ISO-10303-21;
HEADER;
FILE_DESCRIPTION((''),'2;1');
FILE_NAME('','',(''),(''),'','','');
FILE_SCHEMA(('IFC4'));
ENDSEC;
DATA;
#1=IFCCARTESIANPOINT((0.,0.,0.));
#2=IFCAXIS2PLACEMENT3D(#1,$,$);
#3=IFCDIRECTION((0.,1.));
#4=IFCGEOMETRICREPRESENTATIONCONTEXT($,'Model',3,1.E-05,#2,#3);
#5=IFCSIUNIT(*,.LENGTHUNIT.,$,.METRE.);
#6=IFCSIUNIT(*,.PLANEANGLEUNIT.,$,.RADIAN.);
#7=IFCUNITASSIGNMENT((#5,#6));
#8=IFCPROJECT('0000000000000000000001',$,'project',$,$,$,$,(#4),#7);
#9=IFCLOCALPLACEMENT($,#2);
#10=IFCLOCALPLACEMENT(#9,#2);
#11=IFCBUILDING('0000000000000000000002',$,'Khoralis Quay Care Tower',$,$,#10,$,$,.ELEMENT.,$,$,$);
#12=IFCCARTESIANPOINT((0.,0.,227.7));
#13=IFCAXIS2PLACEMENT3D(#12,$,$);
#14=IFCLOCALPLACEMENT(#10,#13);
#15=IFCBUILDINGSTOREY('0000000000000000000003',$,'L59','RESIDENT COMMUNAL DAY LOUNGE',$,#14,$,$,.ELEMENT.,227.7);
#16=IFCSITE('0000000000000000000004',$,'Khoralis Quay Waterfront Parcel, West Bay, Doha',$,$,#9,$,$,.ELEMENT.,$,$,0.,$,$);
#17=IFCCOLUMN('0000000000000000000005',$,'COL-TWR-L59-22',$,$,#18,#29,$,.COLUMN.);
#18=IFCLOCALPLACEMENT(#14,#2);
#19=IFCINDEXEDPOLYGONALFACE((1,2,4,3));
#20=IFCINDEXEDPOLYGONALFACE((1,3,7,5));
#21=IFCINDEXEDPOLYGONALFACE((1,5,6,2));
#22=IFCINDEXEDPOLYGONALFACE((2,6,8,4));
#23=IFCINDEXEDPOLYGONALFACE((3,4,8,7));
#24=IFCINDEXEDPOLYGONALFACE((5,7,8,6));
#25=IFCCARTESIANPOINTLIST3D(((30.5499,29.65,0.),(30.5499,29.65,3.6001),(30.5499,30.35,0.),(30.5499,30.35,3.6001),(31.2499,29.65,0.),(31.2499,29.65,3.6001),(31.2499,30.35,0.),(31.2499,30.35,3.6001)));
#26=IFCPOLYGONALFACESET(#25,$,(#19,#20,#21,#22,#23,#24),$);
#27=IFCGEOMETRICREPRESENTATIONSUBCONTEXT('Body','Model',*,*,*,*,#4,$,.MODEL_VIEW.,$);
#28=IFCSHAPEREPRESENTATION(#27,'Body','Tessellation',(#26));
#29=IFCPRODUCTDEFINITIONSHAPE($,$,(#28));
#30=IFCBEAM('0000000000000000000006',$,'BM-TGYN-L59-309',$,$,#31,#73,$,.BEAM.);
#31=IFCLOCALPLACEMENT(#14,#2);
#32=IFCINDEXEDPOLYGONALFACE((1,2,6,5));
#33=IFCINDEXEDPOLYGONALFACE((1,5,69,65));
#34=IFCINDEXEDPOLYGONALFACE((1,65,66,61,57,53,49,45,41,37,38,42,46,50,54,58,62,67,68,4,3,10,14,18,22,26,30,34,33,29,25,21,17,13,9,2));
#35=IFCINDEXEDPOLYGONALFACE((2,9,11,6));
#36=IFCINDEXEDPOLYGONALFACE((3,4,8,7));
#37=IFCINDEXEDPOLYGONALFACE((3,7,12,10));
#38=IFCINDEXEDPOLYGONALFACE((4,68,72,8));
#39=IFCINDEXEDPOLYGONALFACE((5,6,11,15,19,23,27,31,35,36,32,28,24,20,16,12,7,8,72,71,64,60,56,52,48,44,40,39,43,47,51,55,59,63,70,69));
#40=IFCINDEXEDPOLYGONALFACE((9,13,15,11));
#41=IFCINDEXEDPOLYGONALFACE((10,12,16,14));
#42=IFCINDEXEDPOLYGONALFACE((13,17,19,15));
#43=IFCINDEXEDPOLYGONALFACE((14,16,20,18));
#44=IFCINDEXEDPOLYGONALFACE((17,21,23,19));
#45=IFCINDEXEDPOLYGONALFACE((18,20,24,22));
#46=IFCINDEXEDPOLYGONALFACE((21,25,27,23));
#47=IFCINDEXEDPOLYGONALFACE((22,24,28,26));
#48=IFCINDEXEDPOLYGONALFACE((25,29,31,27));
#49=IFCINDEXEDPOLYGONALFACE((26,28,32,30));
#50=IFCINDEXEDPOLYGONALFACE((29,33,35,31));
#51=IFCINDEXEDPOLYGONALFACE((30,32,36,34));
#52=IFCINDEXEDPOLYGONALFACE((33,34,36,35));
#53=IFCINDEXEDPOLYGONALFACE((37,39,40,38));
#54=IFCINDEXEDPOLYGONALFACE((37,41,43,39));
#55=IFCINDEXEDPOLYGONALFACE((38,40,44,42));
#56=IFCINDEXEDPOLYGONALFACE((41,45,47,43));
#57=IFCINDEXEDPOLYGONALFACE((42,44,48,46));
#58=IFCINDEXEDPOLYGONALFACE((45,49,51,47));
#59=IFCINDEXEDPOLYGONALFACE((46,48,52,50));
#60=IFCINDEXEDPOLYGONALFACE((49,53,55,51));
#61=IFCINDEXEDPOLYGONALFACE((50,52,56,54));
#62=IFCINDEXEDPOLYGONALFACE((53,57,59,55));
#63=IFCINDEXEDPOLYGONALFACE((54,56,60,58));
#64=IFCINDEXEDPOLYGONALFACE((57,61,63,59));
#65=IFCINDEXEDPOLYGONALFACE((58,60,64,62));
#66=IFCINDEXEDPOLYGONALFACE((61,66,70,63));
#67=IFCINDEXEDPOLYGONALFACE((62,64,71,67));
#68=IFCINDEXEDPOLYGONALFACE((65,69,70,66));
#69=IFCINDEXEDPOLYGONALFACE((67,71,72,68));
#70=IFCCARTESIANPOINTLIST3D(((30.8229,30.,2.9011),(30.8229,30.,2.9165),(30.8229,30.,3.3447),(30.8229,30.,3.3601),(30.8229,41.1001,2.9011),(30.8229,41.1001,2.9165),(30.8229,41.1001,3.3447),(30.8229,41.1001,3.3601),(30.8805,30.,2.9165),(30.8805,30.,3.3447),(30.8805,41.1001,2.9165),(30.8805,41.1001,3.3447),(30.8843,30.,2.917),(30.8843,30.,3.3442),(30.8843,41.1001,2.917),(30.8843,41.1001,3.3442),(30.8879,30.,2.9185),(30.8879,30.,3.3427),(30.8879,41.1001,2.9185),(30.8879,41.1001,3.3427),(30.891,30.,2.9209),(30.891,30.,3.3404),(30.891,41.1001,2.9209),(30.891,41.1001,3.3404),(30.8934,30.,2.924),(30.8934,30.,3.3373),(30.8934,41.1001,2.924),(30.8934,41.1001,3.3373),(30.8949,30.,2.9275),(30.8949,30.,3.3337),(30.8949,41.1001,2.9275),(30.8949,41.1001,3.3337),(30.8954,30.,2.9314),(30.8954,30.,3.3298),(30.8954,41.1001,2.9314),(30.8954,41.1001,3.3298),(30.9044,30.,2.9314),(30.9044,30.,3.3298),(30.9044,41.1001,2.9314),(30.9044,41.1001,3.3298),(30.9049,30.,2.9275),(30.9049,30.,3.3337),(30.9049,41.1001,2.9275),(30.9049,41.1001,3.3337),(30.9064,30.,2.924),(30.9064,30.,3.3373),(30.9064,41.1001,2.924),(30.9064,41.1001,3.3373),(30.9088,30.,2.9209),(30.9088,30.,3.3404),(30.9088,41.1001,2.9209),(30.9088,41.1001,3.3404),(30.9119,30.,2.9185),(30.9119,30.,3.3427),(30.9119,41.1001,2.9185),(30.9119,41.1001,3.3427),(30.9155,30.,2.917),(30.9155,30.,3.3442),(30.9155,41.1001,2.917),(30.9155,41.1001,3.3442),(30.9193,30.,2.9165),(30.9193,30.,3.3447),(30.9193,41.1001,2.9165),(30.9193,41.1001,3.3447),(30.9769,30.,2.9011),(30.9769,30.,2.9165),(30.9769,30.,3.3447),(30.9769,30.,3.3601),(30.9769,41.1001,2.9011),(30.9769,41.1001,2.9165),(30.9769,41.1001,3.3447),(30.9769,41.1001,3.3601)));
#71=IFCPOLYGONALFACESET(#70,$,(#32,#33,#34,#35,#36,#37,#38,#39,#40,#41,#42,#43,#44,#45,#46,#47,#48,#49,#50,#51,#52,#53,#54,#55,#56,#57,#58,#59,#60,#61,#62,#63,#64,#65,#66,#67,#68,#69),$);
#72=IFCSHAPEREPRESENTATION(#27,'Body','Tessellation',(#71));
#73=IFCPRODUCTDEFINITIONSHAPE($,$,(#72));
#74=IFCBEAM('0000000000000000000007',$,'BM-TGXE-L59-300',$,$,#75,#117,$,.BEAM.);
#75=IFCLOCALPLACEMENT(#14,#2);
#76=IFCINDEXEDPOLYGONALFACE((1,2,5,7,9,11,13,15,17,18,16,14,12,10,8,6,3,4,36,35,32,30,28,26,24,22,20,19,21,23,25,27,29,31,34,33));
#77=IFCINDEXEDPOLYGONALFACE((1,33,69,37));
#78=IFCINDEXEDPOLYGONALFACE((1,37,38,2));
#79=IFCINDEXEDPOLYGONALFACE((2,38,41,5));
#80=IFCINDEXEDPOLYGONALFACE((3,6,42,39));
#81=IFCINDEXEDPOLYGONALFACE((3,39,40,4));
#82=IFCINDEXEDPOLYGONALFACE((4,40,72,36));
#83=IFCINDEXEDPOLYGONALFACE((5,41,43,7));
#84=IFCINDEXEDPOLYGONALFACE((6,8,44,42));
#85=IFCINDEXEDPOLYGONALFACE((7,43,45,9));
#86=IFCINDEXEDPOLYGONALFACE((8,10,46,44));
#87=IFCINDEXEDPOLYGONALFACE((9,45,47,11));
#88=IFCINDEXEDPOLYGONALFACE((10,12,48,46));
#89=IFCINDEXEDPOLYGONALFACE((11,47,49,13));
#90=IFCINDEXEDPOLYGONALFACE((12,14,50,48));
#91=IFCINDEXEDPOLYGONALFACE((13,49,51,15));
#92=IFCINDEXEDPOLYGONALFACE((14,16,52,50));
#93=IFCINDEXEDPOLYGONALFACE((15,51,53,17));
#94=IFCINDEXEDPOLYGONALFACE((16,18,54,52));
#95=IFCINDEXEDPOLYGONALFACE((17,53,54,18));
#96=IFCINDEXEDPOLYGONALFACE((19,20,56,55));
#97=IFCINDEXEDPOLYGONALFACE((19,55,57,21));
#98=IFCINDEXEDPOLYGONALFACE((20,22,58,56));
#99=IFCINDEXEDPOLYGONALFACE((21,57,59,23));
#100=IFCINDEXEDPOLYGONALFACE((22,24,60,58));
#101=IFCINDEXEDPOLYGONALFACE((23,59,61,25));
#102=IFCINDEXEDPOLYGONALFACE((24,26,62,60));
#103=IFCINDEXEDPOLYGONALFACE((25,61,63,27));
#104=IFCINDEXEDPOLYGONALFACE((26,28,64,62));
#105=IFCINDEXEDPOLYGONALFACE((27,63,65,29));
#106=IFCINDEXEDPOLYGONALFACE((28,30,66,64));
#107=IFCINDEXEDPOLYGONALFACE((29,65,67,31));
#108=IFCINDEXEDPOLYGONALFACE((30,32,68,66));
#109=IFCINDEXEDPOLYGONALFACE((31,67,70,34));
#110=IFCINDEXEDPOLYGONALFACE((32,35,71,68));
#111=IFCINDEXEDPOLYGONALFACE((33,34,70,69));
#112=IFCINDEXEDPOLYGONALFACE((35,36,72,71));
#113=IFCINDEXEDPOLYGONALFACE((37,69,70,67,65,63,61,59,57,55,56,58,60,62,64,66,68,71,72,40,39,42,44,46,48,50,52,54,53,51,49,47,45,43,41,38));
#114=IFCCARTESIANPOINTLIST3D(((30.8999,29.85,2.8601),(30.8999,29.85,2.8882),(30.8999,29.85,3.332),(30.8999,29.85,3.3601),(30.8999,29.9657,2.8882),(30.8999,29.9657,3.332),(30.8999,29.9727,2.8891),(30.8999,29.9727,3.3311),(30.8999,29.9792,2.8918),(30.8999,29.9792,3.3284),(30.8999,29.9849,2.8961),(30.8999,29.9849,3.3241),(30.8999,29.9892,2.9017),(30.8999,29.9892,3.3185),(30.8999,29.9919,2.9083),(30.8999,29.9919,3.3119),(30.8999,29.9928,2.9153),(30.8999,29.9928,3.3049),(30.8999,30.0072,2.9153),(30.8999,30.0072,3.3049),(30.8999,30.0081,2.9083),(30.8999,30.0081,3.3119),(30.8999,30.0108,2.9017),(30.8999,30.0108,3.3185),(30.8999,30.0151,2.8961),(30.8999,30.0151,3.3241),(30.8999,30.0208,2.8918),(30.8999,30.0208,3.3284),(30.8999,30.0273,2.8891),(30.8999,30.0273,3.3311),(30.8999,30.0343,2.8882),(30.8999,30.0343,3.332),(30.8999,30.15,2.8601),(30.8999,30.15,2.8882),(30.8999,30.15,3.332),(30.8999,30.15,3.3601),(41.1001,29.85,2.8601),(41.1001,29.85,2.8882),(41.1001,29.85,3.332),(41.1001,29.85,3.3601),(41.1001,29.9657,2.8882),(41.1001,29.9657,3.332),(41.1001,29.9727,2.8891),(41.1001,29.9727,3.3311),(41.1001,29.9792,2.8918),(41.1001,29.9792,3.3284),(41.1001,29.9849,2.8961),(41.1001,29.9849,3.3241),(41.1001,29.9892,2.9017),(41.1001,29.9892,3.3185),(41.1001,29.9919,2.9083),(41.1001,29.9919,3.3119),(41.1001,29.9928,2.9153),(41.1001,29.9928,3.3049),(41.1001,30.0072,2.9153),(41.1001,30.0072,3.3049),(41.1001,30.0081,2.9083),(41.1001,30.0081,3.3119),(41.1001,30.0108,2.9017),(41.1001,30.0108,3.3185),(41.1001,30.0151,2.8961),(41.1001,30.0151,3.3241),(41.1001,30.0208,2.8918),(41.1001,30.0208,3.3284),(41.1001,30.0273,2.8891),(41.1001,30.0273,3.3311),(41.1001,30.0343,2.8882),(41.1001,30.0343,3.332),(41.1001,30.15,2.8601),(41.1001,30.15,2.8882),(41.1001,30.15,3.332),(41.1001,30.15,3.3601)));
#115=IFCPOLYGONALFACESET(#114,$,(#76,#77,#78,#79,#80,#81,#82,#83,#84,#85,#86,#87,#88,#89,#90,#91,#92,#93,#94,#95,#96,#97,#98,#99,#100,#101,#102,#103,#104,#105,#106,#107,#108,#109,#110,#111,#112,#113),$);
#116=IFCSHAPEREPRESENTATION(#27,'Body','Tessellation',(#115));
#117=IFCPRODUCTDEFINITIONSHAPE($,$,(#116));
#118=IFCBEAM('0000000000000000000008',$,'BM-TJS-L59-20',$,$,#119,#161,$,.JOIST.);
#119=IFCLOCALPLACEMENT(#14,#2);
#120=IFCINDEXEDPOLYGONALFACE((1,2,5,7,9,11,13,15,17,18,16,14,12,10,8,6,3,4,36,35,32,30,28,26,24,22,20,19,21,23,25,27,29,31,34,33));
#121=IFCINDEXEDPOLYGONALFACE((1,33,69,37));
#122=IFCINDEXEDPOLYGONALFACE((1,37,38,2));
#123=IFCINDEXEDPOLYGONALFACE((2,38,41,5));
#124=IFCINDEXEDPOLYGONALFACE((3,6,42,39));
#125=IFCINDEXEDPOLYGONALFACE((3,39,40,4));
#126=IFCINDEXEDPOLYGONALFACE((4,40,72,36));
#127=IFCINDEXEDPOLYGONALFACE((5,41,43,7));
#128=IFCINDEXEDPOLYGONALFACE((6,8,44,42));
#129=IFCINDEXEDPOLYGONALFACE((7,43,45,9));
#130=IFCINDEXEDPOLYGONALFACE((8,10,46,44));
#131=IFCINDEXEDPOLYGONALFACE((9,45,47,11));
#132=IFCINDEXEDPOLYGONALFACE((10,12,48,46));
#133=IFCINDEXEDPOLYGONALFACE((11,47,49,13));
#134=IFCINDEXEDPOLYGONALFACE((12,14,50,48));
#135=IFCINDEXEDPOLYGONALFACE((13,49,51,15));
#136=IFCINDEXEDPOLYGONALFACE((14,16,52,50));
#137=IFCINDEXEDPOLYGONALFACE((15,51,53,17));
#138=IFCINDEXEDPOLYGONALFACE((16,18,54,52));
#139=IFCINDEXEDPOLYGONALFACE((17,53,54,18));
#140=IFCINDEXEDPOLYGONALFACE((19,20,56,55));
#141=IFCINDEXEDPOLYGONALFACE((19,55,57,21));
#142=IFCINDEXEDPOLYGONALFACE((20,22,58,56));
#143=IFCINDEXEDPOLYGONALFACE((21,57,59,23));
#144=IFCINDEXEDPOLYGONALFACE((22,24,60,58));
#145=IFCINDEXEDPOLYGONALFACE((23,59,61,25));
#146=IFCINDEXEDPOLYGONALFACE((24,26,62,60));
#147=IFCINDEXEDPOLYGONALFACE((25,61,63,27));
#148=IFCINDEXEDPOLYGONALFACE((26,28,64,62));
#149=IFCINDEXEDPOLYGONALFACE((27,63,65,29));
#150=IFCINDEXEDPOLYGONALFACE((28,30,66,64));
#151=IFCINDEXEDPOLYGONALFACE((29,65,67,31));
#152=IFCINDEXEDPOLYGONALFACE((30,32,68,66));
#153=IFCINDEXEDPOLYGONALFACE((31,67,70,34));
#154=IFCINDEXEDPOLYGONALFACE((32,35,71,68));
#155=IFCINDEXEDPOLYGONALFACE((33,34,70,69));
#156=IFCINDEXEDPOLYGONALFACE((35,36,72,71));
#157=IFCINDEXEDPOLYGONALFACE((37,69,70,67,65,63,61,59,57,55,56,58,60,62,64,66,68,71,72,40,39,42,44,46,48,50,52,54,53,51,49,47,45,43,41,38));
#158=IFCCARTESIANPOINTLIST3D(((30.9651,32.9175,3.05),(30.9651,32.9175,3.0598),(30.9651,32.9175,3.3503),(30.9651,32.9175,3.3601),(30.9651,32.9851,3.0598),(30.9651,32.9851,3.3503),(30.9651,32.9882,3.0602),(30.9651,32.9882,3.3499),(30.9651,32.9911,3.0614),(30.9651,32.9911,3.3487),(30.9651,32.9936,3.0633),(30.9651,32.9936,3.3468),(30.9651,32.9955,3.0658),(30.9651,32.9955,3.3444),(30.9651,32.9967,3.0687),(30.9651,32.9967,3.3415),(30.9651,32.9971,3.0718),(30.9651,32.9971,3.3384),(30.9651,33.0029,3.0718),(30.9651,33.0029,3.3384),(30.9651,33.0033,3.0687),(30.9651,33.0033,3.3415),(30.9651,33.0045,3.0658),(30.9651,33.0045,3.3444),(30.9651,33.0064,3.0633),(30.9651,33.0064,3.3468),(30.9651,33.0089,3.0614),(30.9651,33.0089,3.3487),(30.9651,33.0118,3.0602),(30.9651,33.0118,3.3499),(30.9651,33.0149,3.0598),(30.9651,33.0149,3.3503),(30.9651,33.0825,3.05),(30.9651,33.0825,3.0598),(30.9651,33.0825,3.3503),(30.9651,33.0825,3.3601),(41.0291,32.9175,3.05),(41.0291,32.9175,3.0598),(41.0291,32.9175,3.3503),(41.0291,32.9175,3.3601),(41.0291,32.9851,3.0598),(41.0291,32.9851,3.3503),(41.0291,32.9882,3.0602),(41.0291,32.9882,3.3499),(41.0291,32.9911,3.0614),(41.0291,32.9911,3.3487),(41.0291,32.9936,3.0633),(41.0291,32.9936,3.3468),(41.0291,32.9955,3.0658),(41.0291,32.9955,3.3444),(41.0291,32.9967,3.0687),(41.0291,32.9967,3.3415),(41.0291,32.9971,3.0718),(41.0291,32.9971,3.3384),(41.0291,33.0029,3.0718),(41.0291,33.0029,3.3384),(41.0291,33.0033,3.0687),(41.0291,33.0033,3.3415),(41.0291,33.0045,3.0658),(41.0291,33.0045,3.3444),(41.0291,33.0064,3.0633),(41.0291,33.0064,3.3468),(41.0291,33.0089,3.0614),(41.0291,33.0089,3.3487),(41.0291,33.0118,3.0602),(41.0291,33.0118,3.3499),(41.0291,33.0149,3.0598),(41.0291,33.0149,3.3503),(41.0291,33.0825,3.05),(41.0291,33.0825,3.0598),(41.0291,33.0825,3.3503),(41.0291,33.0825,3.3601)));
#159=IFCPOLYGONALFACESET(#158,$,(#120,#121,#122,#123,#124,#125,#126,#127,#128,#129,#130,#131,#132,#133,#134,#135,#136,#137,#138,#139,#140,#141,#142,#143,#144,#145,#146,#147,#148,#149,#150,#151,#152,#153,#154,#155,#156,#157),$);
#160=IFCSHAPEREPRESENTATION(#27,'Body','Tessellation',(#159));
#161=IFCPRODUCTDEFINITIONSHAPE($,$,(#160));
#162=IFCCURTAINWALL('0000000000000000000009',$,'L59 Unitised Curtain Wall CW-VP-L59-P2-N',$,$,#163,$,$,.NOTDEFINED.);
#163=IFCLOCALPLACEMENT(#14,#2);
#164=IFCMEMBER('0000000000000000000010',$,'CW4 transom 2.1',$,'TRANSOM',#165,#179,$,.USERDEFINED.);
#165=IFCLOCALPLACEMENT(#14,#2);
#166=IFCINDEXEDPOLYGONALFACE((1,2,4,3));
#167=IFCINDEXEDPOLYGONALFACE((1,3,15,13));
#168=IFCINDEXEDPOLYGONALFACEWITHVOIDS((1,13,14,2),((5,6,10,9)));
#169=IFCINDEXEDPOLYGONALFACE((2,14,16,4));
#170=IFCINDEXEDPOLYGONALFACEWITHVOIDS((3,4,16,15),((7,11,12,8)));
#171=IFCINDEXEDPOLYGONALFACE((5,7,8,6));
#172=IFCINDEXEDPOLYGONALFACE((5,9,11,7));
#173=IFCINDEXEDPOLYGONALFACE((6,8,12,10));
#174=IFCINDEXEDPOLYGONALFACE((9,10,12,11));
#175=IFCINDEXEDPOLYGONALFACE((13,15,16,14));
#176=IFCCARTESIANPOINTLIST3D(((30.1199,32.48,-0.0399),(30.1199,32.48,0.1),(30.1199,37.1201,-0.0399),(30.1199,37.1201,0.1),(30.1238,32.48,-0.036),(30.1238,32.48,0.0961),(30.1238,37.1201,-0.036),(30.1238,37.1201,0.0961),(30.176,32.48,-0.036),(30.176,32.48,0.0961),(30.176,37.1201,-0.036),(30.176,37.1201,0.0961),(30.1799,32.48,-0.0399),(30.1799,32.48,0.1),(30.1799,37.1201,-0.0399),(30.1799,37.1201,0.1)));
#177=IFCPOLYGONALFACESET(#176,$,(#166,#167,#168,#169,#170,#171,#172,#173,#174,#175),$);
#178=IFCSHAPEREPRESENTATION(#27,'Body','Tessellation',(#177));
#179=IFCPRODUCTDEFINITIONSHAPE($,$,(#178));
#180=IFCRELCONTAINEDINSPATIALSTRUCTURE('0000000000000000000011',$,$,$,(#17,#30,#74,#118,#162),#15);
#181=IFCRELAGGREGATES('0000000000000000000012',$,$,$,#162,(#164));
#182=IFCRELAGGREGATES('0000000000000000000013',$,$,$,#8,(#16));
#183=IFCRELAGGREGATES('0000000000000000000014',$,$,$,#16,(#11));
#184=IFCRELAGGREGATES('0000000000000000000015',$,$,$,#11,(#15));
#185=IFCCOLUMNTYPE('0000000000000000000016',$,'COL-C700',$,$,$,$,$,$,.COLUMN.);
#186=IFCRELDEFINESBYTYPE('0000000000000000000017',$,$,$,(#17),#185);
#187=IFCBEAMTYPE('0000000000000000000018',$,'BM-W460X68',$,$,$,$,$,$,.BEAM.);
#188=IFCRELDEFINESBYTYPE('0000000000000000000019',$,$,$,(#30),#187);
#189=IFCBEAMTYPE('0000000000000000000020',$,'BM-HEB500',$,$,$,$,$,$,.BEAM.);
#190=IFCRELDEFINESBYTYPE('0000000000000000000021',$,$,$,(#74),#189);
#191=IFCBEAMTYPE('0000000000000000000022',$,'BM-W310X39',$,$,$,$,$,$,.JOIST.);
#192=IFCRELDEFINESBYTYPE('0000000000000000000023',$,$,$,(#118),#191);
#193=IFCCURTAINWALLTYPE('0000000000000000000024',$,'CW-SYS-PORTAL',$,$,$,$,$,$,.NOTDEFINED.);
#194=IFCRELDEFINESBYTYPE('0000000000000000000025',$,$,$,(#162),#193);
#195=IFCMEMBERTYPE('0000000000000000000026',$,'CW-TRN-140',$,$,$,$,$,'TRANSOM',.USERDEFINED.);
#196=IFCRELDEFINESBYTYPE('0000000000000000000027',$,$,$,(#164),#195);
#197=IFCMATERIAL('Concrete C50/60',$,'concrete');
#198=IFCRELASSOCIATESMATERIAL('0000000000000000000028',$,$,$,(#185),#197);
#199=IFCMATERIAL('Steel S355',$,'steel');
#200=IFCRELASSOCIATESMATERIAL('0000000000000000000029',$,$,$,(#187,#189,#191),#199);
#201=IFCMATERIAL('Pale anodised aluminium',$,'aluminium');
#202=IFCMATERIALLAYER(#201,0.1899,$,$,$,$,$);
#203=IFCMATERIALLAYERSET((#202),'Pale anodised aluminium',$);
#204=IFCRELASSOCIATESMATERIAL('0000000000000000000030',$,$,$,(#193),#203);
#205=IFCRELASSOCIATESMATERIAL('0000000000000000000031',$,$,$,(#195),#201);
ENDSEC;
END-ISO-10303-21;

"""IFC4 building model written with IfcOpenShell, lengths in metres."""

from ifc_helpers import new_model, si_unit, direction, frame, origin, origin_2d, place, context, subcontext, project, spatial, rectangle, hollow_rectangle, i_section, extrude, source, transform, mapped, material, layer, layer_set, material_profile, profile_set, type_object, element, aggregate, save


model = new_model("IFC4")

# Units and contexts
model_context = context("Model", 3, precision=1e-05, world=origin(), true_north=direction((0.0, 1.0)))
body_context = subcontext(model_context, "Body", "Model", "MODEL_VIEW")
ifc_project = project(units=[si_unit("LENGTHUNIT", "METRE"), si_unit("PLANEANGLEUNIT", "RADIAN")], contexts=[model_context])

# Site, building, storey
site_placement = place(None, origin())
site = spatial("IfcSite", under=ifc_project, at=site_placement, Name="Khoralis Quay Waterfront Parcel, West Bay, Doha", CompositionType="ELEMENT", RefElevation=0.0)
building_placement = place(site_placement, origin())
building = spatial("IfcBuilding", under=site, at=building_placement, Name="Khoralis Quay Care Tower", CompositionType="ELEMENT")
storey_placement = place(building_placement, frame((0.0, 0.0, 227.7)))
storey = spatial("IfcBuildingStorey", under=building, at=storey_placement, Name="L59", Description="RESIDENT COMMUNAL DAY LOUNGE", CompositionType="ELEMENT", Elevation=227.7)

# Column
ifc_material_1 = material(Name="Concrete C50/60", Category="concrete")
ifc_material_profile_1 = material_profile(ifc_material_1, rectangle(XDim=0.7, YDim=0.7, at=origin_2d()), Name="Concrete C50/60")
ifc_profile_set_1 = profile_set([ifc_material_profile_1], Name="Concrete C50/60")
column_type = type_object("IfcColumnType", Name="COL-C700", PredefinedType="COLUMN", material=ifc_profile_set_1)
shared_shape_1 = source(origin(), body_context, "Body", "SweptSolid", [
    extrude(rectangle(XDim=0.7, YDim=0.7, at=origin_2d()), origin(), (0.0, 0.0, 1.0), 3.6001),
])
column_placement = place(storey_placement, frame((30.8999, 30.0, 0.0), z_axis=(0.0, 0.0, 1.0), x_axis=(1.0, 0.0, 0.0)))
element("IfcColumn", 1, at=column_placement, inside=storey, type_object=column_type, Name="COL-TWR-L59-22", PredefinedType="COLUMN", context=body_context, shape_type="MappedRepresentation", body=[
    mapped(shared_shape_1, transform((0.0, 0.0, 0.0), scale=1.0)),
])

# Beams
ifc_material_2 = material(Name="Steel S355", Category="steel")
ifc_material_profile_2 = material_profile(ifc_material_2, i_section(OverallWidth=0.1541, OverallDepth=0.459, WebThickness=0.009, FlangeThickness=0.0154, FilletRadius=0.0149, at=origin_2d()), Name="Steel S355")
ifc_profile_set_2 = profile_set([ifc_material_profile_2], Name="Steel S355")
beam_type_1 = type_object("IfcBeamType", Name="BM-W460X68", PredefinedType="BEAM", material=ifc_profile_set_2)
shared_shape_2 = source(origin(), body_context, "Body", "SweptSolid", [
    extrude(i_section(OverallWidth=0.1541, OverallDepth=0.459, WebThickness=0.009, FlangeThickness=0.0154, FilletRadius=0.0149, at=origin_2d()), origin(), (0.0, 0.0, 1.0), 11.1001),
])
beam_1_placement = place(storey_placement, frame((30.8999, 30.0, 3.1306), z_axis=(0.0, 1.0, 0.0), x_axis=(-1.0, 0.0, 0.0)))
element("IfcBeam", 2, at=beam_1_placement, inside=storey, type_object=beam_type_1, Name="BM-TGYN-L59-309", PredefinedType="BEAM", context=body_context, shape_type="MappedRepresentation", body=[
    mapped(shared_shape_2, transform((0.0, 0.0, 0.0), scale=1.0)),
])
ifc_material_profile_3 = material_profile(ifc_material_2, i_section(OverallWidth=0.3, OverallDepth=0.5, WebThickness=0.0144, FlangeThickness=0.0281, FilletRadius=0.0271, at=origin_2d()), Name="Steel S355")
ifc_profile_set_3 = profile_set([ifc_material_profile_3], Name="Steel S355")
beam_type_2 = type_object("IfcBeamType", Name="BM-HEB500", PredefinedType="BEAM", material=ifc_profile_set_3)
shared_shape_3 = source(origin(), body_context, "Body", "SweptSolid", [
    extrude(i_section(OverallWidth=0.3, OverallDepth=0.5, WebThickness=0.0144, FlangeThickness=0.0281, FilletRadius=0.0271, at=origin_2d()), origin(), (0.0, 0.0, 1.0), 10.2002),
])
beam_2_placement = place(storey_placement, frame((30.8999, 30.0, 3.1101), z_axis=(1.0, 0.0, 0.0), x_axis=(0.0, 1.0, 0.0)))
element("IfcBeam", 3, at=beam_2_placement, inside=storey, type_object=beam_type_2, Name="BM-TGXE-L59-300", PredefinedType="BEAM", context=body_context, shape_type="MappedRepresentation", body=[
    mapped(shared_shape_3, transform((0.0, 0.0, 0.0), scale=1.0)),
])
ifc_material_profile_4 = material_profile(ifc_material_2, i_section(OverallWidth=0.165, OverallDepth=0.3101, WebThickness=0.0059, FlangeThickness=0.0098, FilletRadius=0.012, at=origin_2d()), Name="Steel S355")
ifc_profile_set_4 = profile_set([ifc_material_profile_4], Name="Steel S355")
beam_type_3 = type_object("IfcBeamType", Name="BM-W310X39", PredefinedType="JOIST", material=ifc_profile_set_4)
shared_shape_4 = source(origin(), body_context, "Body", "SweptSolid", [
    extrude(i_section(OverallWidth=0.165, OverallDepth=0.3101, WebThickness=0.0059, FlangeThickness=0.0098, FilletRadius=0.012, at=origin_2d()), origin(), (0.0, 0.0, 1.0), 10.064),
])
beam_3_placement = place(storey_placement, frame((30.9651, 33.0, 3.2051), z_axis=(1.0, 0.0, 0.0), x_axis=(0.0, 1.0, 0.0)))
element("IfcBeam", 4, at=beam_3_placement, inside=storey, type_object=beam_type_3, Name="BM-TJS-L59-20", PredefinedType="JOIST", context=body_context, shape_type="MappedRepresentation", body=[
    mapped(shared_shape_4, transform((0.0, 0.0, 0.0), scale=1.0)),
])

# Curtain wall, member
ifc_material_3 = material(Name="Pale anodised aluminium", Category="aluminium")
ifc_layer_1 = layer(ifc_material_3, 0.1899)
ifc_layer_set_1 = layer_set([ifc_layer_1], Name="Pale anodised aluminium")
curtain_wall_type = type_object("IfcCurtainWallType", Name="CW-SYS-PORTAL", PredefinedType="NOTDEFINED", material=ifc_layer_set_1)
curtain_wall_placement = place(storey_placement, origin())
curtain_wall = element("IfcCurtainWall", 5, at=curtain_wall_placement, inside=storey, type_object=curtain_wall_type, Name="L59 Unitised Curtain Wall CW-VP-L59-P2-N", PredefinedType="NOTDEFINED")
ifc_material_profile_5 = material_profile(ifc_material_3, hollow_rectangle(XDim=0.0601, YDim=0.1399, WallThickness=0.0039, at=origin_2d()), Name="Pale anodised aluminium")
ifc_profile_set_5 = profile_set([ifc_material_profile_5], Name="Pale anodised aluminium")
member_type_1 = type_object("IfcMemberType", Name="CW-TRN-140", ElementType="TRANSOM", PredefinedType="USERDEFINED", material=ifc_profile_set_5)
shared_shape_5 = source(origin(), body_context, "Body", "SweptSolid", [
    extrude(hollow_rectangle(XDim=0.0601, YDim=0.1399, WallThickness=0.0039, at=origin_2d()), origin(), (0.0, 0.0, 1.0), 4.6401),
])
member_1_placement = place(storey_placement, frame((30.1499, 32.48, 0.03), z_axis=(0.0, 1.0, 0.0), x_axis=(-1.0, 0.0, 0.0)))
member_1 = element("IfcMember", 6, at=member_1_placement, type_object=member_type_1, Name="CW4 transom 2.1", ObjectType="TRANSOM", PredefinedType="USERDEFINED", context=body_context, shape_type="MappedRepresentation", body=[
    mapped(shared_shape_5, transform((0.0, 0.0, 0.0), scale=1.0)),
])
aggregate(curtain_wall, [member_1])

save(model, "model.ifc")
